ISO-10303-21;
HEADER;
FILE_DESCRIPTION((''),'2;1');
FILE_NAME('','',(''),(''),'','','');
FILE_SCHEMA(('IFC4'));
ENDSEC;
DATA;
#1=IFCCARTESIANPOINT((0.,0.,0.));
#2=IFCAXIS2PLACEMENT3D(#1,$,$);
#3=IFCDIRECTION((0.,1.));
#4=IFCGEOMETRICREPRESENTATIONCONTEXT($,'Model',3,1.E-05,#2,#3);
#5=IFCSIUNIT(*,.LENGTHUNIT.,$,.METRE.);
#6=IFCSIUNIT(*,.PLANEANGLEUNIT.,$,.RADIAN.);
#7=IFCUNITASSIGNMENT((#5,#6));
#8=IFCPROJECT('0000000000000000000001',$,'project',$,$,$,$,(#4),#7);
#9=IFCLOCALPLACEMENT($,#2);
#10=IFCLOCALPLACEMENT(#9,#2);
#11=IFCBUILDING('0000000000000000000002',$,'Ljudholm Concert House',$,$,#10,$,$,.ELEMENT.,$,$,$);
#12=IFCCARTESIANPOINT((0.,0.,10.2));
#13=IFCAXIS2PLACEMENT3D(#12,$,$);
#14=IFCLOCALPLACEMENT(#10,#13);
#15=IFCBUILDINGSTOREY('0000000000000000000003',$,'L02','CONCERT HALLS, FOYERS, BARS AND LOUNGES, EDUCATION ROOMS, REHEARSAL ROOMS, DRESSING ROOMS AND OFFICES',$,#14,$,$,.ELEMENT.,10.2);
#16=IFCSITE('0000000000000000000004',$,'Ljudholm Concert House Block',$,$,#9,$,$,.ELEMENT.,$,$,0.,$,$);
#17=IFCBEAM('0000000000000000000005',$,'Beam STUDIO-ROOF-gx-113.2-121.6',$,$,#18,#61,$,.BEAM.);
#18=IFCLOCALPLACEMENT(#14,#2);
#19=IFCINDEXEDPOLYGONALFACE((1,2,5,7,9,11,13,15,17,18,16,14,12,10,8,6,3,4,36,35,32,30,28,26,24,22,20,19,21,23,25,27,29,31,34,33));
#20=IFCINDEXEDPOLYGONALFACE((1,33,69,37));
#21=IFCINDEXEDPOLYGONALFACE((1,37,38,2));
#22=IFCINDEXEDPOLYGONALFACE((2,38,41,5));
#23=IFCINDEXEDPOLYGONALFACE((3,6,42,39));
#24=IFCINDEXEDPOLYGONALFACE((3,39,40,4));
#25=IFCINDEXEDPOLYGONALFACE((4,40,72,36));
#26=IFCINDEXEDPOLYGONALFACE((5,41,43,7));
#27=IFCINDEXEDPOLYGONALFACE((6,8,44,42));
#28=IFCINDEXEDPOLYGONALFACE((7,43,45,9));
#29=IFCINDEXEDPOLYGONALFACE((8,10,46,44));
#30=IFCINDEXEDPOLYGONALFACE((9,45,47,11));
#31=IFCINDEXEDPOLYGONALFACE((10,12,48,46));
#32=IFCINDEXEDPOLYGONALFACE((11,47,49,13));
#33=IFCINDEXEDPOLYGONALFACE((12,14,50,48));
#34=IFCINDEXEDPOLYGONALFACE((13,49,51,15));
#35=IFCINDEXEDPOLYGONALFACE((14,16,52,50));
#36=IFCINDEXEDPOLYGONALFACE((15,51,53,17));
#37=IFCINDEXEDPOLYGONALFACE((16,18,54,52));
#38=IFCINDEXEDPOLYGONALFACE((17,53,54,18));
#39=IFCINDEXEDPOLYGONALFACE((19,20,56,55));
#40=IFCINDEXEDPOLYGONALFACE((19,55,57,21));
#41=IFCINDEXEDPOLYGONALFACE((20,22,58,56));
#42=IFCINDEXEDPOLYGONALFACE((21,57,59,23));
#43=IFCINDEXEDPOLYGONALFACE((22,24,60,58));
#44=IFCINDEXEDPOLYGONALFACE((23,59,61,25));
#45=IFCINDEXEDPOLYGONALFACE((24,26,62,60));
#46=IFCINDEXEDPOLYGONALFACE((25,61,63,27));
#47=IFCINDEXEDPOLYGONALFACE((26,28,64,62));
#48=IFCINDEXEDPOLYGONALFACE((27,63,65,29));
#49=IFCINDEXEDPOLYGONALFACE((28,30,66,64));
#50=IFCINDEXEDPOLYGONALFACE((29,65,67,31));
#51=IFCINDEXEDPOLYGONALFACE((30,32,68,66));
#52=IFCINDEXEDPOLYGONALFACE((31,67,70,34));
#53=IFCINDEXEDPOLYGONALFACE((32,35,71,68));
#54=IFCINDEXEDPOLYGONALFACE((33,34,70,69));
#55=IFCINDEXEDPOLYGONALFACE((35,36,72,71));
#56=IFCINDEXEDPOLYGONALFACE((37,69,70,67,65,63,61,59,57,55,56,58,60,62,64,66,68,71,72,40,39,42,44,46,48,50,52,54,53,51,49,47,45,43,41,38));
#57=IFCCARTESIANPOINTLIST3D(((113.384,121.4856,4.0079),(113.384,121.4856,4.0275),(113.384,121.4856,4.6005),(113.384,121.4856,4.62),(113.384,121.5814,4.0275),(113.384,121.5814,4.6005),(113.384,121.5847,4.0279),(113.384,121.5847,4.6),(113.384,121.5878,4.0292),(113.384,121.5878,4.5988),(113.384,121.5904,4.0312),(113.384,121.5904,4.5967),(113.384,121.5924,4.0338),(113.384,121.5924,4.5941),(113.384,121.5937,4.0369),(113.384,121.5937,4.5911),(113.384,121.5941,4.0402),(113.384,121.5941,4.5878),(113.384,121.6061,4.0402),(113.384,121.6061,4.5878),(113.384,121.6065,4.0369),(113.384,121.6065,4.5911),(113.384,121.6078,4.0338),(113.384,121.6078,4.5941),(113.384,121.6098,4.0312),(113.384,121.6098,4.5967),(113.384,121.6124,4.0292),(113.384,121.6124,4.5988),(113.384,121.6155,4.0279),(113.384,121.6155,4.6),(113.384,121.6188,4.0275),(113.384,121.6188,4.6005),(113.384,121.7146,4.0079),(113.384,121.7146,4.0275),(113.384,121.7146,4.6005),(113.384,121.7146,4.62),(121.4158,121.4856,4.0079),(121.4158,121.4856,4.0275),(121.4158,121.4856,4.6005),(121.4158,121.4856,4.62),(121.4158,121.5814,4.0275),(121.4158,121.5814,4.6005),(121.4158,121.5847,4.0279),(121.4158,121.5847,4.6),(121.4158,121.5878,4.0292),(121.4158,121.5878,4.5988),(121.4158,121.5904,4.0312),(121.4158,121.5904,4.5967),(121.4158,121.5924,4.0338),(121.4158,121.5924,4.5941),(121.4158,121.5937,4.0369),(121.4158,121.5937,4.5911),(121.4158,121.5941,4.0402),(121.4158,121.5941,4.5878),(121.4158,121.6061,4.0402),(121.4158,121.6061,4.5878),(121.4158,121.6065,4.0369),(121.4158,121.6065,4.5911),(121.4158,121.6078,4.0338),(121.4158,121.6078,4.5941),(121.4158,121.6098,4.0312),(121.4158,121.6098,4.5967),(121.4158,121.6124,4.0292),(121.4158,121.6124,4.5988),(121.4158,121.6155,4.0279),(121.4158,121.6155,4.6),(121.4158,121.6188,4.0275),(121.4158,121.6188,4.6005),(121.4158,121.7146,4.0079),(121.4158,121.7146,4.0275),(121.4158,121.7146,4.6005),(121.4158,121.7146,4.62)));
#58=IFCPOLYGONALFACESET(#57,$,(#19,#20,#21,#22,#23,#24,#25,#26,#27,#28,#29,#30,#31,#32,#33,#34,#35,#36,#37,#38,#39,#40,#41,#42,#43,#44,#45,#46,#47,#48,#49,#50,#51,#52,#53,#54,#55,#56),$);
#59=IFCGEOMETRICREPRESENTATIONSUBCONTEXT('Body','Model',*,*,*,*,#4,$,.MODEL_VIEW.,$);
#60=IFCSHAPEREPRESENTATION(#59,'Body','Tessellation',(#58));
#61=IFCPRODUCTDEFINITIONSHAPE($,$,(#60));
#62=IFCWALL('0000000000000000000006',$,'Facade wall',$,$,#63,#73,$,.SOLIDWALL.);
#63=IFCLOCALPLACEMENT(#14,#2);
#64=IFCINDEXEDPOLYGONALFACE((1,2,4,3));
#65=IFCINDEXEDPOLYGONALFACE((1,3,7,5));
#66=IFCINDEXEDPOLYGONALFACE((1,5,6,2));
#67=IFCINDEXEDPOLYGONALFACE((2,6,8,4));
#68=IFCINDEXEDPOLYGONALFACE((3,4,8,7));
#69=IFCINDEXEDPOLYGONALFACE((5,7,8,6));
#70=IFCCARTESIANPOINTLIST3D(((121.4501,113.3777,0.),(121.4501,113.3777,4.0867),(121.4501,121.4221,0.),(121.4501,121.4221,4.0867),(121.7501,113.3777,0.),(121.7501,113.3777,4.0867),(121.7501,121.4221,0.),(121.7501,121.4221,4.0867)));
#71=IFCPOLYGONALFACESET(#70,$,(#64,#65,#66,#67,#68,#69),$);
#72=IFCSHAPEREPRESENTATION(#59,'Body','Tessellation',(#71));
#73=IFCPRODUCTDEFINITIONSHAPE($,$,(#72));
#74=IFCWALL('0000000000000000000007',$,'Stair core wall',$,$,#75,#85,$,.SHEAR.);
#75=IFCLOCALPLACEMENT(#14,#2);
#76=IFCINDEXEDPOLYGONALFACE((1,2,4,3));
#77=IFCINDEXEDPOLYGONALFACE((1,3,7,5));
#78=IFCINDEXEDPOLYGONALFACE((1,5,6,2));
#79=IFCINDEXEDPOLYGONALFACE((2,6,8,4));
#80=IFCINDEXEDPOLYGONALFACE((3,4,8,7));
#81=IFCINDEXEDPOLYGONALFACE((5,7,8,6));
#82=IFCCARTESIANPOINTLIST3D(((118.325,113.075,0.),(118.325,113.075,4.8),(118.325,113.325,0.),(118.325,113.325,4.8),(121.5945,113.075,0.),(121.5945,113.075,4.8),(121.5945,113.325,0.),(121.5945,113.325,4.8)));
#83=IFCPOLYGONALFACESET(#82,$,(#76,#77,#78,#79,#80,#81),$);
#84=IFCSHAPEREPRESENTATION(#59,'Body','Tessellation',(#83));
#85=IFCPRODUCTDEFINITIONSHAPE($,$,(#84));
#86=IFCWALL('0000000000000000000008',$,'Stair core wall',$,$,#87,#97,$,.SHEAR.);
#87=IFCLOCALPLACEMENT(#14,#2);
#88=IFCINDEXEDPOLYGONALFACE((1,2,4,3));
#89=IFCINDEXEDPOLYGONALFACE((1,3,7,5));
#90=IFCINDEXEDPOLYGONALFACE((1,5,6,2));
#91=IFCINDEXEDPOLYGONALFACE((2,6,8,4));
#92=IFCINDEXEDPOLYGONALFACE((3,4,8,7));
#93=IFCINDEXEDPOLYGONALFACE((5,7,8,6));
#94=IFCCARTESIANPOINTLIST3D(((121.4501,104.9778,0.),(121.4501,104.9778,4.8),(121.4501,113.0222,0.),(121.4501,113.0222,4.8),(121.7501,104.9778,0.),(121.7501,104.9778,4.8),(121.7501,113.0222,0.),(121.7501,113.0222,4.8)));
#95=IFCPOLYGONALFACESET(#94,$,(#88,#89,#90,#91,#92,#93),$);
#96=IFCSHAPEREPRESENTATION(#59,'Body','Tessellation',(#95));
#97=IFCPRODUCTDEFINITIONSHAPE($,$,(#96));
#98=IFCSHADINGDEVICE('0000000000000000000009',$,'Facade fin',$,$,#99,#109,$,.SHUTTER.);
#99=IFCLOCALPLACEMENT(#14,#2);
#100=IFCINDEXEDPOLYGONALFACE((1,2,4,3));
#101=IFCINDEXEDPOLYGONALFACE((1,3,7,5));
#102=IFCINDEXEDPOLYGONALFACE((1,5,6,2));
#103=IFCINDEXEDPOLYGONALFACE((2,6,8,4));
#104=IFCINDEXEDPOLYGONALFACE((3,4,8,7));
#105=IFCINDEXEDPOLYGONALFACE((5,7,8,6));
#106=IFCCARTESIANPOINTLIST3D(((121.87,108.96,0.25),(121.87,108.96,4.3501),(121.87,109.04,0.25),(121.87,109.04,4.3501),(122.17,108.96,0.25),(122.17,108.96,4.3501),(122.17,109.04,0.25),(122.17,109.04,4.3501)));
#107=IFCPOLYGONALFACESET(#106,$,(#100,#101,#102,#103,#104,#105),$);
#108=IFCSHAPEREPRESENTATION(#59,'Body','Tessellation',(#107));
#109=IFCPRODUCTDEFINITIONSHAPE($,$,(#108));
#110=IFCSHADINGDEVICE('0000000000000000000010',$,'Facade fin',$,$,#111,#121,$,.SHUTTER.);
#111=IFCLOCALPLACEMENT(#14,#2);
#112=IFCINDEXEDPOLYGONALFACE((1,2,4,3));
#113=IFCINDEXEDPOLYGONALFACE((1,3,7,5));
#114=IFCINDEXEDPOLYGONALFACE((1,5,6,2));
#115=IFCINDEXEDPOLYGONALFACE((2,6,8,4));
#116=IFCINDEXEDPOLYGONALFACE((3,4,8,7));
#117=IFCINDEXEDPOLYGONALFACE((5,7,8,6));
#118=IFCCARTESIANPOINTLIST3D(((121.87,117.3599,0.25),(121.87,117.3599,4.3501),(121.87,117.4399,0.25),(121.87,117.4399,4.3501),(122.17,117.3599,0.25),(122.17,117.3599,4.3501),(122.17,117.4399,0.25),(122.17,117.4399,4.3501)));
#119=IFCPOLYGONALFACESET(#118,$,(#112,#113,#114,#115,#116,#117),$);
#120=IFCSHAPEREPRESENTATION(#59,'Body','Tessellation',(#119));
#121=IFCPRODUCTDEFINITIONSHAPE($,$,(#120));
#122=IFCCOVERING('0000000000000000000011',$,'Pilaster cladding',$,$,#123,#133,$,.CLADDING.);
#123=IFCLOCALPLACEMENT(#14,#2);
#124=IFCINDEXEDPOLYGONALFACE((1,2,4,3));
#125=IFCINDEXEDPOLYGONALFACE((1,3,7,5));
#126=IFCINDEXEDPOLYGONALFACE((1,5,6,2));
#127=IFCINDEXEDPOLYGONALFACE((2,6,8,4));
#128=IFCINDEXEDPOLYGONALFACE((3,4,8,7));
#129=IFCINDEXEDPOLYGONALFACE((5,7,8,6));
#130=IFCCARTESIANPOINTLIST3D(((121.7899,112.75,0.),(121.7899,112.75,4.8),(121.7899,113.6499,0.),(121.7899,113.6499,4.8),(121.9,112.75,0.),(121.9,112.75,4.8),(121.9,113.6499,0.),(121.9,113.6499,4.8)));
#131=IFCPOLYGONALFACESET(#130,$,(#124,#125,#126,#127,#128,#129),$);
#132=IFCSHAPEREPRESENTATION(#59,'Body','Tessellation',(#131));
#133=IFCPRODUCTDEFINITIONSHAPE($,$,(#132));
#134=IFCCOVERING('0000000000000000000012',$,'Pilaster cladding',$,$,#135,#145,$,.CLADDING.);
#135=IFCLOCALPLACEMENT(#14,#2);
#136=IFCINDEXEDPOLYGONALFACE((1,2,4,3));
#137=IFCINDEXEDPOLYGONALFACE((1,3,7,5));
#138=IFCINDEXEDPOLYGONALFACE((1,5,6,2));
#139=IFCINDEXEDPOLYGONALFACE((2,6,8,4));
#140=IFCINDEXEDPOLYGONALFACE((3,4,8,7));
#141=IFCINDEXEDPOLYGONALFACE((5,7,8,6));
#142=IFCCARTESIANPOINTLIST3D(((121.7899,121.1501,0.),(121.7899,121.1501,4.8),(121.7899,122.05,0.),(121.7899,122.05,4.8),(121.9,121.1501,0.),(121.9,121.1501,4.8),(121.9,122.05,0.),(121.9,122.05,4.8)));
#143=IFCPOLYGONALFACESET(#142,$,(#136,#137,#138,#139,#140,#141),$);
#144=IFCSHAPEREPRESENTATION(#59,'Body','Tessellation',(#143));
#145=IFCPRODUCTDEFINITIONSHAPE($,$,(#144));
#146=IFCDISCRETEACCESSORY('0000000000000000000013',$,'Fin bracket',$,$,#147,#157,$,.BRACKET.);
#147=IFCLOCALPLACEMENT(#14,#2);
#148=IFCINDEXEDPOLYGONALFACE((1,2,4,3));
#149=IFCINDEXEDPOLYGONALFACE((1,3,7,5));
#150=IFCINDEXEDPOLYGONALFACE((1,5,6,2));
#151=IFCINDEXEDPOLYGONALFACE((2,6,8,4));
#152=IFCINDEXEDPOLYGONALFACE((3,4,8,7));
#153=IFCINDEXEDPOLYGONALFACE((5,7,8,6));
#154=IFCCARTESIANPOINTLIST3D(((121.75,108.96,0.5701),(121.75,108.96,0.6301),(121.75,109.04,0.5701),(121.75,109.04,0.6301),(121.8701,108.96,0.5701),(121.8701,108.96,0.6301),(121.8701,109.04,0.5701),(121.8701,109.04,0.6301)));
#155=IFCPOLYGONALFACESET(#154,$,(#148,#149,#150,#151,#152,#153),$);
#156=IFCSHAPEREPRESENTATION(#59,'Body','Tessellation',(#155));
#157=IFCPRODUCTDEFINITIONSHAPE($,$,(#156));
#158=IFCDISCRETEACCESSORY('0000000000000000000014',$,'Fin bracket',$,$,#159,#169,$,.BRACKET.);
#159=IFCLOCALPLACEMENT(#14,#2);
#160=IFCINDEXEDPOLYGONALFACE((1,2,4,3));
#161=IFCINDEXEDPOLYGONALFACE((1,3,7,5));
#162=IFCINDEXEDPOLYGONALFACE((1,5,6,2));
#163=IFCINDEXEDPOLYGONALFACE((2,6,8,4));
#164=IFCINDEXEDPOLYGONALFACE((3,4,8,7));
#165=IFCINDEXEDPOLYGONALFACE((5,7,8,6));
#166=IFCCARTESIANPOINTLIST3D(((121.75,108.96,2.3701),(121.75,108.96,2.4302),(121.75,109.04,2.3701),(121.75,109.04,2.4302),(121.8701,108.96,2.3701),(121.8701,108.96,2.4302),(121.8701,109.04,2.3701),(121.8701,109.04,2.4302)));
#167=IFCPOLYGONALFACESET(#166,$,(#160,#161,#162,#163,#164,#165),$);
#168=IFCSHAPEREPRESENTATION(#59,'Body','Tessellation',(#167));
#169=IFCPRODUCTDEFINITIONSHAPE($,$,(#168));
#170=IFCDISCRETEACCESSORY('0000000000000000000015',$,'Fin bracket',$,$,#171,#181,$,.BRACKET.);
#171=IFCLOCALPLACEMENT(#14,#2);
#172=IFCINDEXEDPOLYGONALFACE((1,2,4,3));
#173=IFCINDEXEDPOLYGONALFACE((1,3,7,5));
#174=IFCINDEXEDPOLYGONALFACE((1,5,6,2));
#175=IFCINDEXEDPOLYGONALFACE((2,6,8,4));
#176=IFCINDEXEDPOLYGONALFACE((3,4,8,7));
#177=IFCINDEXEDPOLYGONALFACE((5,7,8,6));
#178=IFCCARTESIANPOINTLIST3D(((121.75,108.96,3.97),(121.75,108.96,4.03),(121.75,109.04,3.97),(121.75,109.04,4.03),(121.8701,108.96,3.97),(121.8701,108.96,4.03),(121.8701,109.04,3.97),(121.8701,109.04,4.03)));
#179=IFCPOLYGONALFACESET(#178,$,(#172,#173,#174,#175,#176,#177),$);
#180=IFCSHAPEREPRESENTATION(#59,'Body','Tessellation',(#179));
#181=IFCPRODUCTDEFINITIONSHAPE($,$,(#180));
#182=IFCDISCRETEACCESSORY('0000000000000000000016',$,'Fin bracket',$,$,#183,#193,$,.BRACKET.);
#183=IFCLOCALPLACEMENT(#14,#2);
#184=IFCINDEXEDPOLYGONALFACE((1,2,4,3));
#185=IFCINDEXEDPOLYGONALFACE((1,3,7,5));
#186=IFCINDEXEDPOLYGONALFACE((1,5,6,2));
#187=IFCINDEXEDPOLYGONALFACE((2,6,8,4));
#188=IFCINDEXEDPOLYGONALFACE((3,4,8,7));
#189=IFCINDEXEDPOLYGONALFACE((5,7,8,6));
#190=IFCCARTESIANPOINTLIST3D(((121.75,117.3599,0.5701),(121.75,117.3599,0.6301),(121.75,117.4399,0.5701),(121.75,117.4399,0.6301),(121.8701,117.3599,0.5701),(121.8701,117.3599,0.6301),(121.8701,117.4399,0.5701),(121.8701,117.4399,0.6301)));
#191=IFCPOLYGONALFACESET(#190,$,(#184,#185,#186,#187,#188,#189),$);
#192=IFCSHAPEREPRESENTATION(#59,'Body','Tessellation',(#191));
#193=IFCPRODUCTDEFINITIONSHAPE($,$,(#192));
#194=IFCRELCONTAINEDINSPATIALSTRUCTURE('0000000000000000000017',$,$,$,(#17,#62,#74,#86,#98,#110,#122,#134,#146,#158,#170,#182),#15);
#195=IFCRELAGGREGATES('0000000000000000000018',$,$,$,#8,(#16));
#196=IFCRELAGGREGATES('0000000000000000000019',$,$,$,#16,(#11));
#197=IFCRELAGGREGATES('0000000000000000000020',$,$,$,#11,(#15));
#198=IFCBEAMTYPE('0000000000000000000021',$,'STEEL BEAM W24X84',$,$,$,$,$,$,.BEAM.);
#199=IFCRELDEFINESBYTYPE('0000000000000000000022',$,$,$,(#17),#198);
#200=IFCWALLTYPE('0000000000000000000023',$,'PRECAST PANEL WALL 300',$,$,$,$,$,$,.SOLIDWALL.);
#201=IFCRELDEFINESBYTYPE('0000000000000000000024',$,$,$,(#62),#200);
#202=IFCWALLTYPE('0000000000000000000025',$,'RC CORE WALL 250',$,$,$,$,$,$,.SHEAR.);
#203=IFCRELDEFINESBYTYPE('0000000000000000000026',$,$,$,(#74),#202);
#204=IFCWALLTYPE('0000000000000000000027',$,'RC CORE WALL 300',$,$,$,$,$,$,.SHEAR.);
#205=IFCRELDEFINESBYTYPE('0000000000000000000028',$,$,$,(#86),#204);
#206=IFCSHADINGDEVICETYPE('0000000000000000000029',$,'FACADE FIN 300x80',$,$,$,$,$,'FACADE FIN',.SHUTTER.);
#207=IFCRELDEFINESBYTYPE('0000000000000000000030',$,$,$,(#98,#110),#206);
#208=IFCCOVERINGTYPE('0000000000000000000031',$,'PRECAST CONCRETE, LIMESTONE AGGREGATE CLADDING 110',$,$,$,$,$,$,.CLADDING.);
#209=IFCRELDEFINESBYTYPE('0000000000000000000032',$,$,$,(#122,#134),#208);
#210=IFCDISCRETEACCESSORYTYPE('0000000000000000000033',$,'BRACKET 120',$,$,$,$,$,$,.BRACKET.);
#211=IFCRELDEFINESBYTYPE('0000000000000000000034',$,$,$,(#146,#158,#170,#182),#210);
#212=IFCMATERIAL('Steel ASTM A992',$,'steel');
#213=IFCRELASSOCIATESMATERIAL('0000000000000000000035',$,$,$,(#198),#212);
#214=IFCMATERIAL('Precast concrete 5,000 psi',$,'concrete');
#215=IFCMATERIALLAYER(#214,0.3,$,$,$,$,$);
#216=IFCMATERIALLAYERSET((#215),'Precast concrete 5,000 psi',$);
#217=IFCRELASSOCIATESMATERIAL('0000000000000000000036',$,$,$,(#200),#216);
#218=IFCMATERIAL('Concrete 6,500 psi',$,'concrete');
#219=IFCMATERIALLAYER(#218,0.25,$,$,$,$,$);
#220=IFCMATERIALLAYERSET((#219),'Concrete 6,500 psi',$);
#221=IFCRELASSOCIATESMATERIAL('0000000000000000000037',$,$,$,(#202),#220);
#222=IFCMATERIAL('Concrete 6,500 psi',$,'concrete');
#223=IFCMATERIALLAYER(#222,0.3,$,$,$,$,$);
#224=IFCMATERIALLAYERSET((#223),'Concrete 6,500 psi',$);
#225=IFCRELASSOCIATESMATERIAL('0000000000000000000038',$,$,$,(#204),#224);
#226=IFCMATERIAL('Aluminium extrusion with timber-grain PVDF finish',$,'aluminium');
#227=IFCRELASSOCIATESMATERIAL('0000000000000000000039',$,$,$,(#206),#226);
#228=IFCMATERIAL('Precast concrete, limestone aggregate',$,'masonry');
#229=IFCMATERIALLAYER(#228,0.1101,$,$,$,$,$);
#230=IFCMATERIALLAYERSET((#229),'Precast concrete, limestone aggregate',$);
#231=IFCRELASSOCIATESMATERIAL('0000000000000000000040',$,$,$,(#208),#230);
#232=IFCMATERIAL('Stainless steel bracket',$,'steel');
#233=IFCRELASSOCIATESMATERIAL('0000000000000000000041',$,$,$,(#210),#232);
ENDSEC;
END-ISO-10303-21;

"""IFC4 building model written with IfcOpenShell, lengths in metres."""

from ifc_helpers import new_model, si_unit, direction, frame, frame_2d, origin, origin_2d, place, context, subcontext, project, spatial, rectangle, i_section, extrude, material, layer, layer_set, material_profile, profile_set, type_object, element, save


model = new_model("IFC4")

# Units and contexts
model_context = context("Model", 3, precision=1e-05, world=origin(), true_north=direction((0.0, 1.0)))
body_context = subcontext(model_context, "Body", "Model", "MODEL_VIEW")
ifc_project = project(units=[si_unit("LENGTHUNIT", "METRE"), si_unit("PLANEANGLEUNIT", "RADIAN")], contexts=[model_context])

# Site, building, storey
site_placement = place(None, origin())
site = spatial("IfcSite", under=ifc_project, at=site_placement, Name="Ljudholm Concert House Block", CompositionType="ELEMENT", RefElevation=0.0)
building_placement = place(site_placement, origin())
building = spatial("IfcBuilding", under=site, at=building_placement, Name="Ljudholm Concert House", CompositionType="ELEMENT")
storey_placement = place(building_placement, frame((0.0, 0.0, 10.2)))
storey = spatial("IfcBuildingStorey", under=building, at=storey_placement, Name="L02", Description="CONCERT HALLS, FOYERS, BARS AND LOUNGES, EDUCATION ROOMS, REHEARSAL ROOMS, DRESSING ROOMS AND OFFICES", CompositionType="ELEMENT", Elevation=10.2)

# Beam
ifc_material_1 = material(Name="Steel ASTM A992", Category="steel")
ifc_material_profile_1 = material_profile(ifc_material_1, i_section(OverallWidth=0.229, OverallDepth=0.6121, WebThickness=0.012, FlangeThickness=0.0195, FilletRadius=0.0127, at=origin_2d()), Name="W24X84")
ifc_profile_set_1 = profile_set([ifc_material_profile_1], Name="Steel ASTM A992")
beam_type_1 = type_object("IfcBeamType", Name="STEEL BEAM W24X84", PredefinedType="BEAM", material=ifc_profile_set_1)
for number, where, z_axis, x_axis, name in (
    (1, (113.384, 121.6001, 4.314), (1.0, 0.0, 0.0), (0.0, 1.0, 0.0), "Beam STUDIO-ROOF-gx-113.2-121.6"),
):
    element("IfcBeam", number, at=place(storey_placement, frame(where, z_axis=z_axis, x_axis=x_axis)), inside=storey, type_object=beam_type_1, Name=name, PredefinedType="BEAM", context=body_context, shape_type="SweptSolid", body=[
        extrude(i_section(OverallWidth=0.229, OverallDepth=0.6121, WebThickness=0.012, FlangeThickness=0.0195, FilletRadius=0.0127, at=origin_2d()), origin(), (0.0, 0.0, 1.0), 8.0317),
    ])

# Walls
ifc_material_2 = material(Name="Precast concrete 5,000 psi", Category="concrete")
ifc_layer_1 = layer(ifc_material_2, 0.3)
ifc_layer_set_1 = layer_set([ifc_layer_1], Name="Precast concrete 5,000 psi")
wall_type_1 = type_object("IfcWallType", Name="PRECAST PANEL WALL 300", PredefinedType="SOLIDWALL", material=ifc_layer_set_1)
wall_1_placement = place(storey_placement, frame((121.6001, 113.3777, 0.0), z_axis=(0.0, 0.0, 1.0), x_axis=(0.0, 1.0, 0.0)))
element("IfcWall", 2, at=wall_1_placement, inside=storey, type_object=wall_type_1, Name="Facade wall", PredefinedType="SOLIDWALL", context=body_context, shape_type="SweptSolid", body=[
    extrude(rectangle(XDim=8.0444, YDim=0.3, at=frame_2d((4.0222, 0.0))), origin(), (0.0, 0.0, 1.0), 4.0867),
])
ifc_material_3 = material(Name="Concrete 6,500 psi", Category="concrete")
ifc_layer_2 = layer(ifc_material_3, 0.25)
ifc_layer_set_2 = layer_set([ifc_layer_2], Name="Concrete 6,500 psi")
wall_type_2 = type_object("IfcWallType", Name="RC CORE WALL 250", PredefinedType="SHEAR", material=ifc_layer_set_2)
wall_2_placement = place(storey_placement, frame((118.325, 113.2, 0.0), z_axis=(0.0, 0.0, 1.0), x_axis=(1.0, 0.0, 0.0)))
element("IfcWall", 3, at=wall_2_placement, inside=storey, type_object=wall_type_2, Name="Stair core wall", PredefinedType="SHEAR", context=body_context, shape_type="SweptSolid", body=[
    extrude(rectangle(XDim=3.2695, YDim=0.25, at=frame_2d((1.6348, 0.0))), origin(), (0.0, 0.0, 1.0), 4.8),
])
ifc_material_4 = material(Name="Concrete 6,500 psi", Category="concrete")
ifc_layer_3 = layer(ifc_material_4, 0.3)
ifc_layer_set_3 = layer_set([ifc_layer_3], Name="Concrete 6,500 psi")
wall_type_3 = type_object("IfcWallType", Name="RC CORE WALL 300", PredefinedType="SHEAR", material=ifc_layer_set_3)
wall_3_placement = place(storey_placement, frame((121.6001, 104.9778, 0.0), z_axis=(0.0, 0.0, 1.0), x_axis=(0.0, 1.0, 0.0)))
element("IfcWall", 4, at=wall_3_placement, inside=storey, type_object=wall_type_3, Name="Stair core wall", PredefinedType="SHEAR", context=body_context, shape_type="SweptSolid", body=[
    extrude(rectangle(XDim=8.0444, YDim=0.3, at=frame_2d((4.0222, 0.0))), origin(), (0.0, 0.0, 1.0), 4.8),
])

# Shading devices
ifc_material_5 = material(Name="Aluminium extrusion with timber-grain PVDF finish", Category="aluminium")
shading_device_type = type_object("IfcShadingDeviceType", Name="FACADE FIN 300x80", ElementType="FACADE FIN", PredefinedType="SHUTTER", material=ifc_material_5)
for number, where, z_axis, x_axis, name in (
    (5, (122.02, 109.0, 0.25), (0.0, 0.0, 1.0), (1.0, 0.0, 0.0), "Facade fin"),
    (6, (122.02, 117.3999, 0.25), (0.0, 0.0, 1.0), (1.0, 0.0, 0.0), "Facade fin"),
):
    element("IfcShadingDevice", number, at=place(storey_placement, frame(where, z_axis=z_axis, x_axis=x_axis)), inside=storey, type_object=shading_device_type, Name=name, PredefinedType="SHUTTER", context=body_context, shape_type="SweptSolid", body=[
        extrude(rectangle(XDim=0.3, YDim=0.0801, at=origin_2d()), origin(), (0.0, 0.0, 1.0), 4.1001),
    ])

# Coverings
ifc_material_6 = material(Name="Precast concrete, limestone aggregate", Category="masonry")
ifc_layer_4 = layer(ifc_material_6, 0.1101)
ifc_layer_set_4 = layer_set([ifc_layer_4], Name="Precast concrete, limestone aggregate")
covering_type = type_object("IfcCoveringType", Name="PRECAST CONCRETE, LIMESTONE AGGREGATE CLADDING 110", PredefinedType="CLADDING", material=ifc_layer_set_4)
for number, where, z_axis, x_axis, name in (
    (7, (121.845, 113.2, 0.0), (0.0, 0.0, 1.0), (1.0, 0.0, 0.0), "Pilaster cladding"),
    (8, (121.845, 121.6001, 0.0), (0.0, 0.0, 1.0), (1.0, 0.0, 0.0), "Pilaster cladding"),
):
    element("IfcCovering", number, at=place(storey_placement, frame(where, z_axis=z_axis, x_axis=x_axis)), inside=storey, type_object=covering_type, Name=name, PredefinedType="CLADDING", context=body_context, shape_type="SweptSolid", body=[
        extrude(rectangle(XDim=0.1101, YDim=0.8999, at=origin_2d()), origin(), (0.0, 0.0, 1.0), 4.8),
    ])

# Discrete accessories
ifc_material_7 = material(Name="Stainless steel bracket", Category="steel")
discrete_accessory_type = type_object("IfcDiscreteAccessoryType", Name="BRACKET 120", PredefinedType="BRACKET", material=ifc_material_7)
for number, where, z_axis, x_axis, name in (
    (9, (121.8101, 109.0, 0.5701), (0.0, 0.0, 1.0), (1.0, 0.0, 0.0), "Fin bracket"),
    (10, (121.8101, 109.0, 2.3701), (0.0, 0.0, 1.0), (1.0, 0.0, 0.0), "Fin bracket"),
    (11, (121.8101, 109.0, 3.97), (0.0, 0.0, 1.0), (1.0, 0.0, 0.0), "Fin bracket"),
    (12, (121.8101, 117.3999, 0.5701), (0.0, 0.0, 1.0), (1.0, 0.0, 0.0), "Fin bracket"),
):
    element("IfcDiscreteAccessory", number, at=place(storey_placement, frame(where, z_axis=z_axis, x_axis=x_axis)), inside=storey, type_object=discrete_accessory_type, Name=name, PredefinedType="BRACKET", context=body_context, shape_type="SweptSolid", body=[
        extrude(rectangle(XDim=0.1201, YDim=0.0801, at=origin_2d()), origin(), (0.0, 0.0, 1.0), 0.0601),
    ])

save(model, "model.ifc")
